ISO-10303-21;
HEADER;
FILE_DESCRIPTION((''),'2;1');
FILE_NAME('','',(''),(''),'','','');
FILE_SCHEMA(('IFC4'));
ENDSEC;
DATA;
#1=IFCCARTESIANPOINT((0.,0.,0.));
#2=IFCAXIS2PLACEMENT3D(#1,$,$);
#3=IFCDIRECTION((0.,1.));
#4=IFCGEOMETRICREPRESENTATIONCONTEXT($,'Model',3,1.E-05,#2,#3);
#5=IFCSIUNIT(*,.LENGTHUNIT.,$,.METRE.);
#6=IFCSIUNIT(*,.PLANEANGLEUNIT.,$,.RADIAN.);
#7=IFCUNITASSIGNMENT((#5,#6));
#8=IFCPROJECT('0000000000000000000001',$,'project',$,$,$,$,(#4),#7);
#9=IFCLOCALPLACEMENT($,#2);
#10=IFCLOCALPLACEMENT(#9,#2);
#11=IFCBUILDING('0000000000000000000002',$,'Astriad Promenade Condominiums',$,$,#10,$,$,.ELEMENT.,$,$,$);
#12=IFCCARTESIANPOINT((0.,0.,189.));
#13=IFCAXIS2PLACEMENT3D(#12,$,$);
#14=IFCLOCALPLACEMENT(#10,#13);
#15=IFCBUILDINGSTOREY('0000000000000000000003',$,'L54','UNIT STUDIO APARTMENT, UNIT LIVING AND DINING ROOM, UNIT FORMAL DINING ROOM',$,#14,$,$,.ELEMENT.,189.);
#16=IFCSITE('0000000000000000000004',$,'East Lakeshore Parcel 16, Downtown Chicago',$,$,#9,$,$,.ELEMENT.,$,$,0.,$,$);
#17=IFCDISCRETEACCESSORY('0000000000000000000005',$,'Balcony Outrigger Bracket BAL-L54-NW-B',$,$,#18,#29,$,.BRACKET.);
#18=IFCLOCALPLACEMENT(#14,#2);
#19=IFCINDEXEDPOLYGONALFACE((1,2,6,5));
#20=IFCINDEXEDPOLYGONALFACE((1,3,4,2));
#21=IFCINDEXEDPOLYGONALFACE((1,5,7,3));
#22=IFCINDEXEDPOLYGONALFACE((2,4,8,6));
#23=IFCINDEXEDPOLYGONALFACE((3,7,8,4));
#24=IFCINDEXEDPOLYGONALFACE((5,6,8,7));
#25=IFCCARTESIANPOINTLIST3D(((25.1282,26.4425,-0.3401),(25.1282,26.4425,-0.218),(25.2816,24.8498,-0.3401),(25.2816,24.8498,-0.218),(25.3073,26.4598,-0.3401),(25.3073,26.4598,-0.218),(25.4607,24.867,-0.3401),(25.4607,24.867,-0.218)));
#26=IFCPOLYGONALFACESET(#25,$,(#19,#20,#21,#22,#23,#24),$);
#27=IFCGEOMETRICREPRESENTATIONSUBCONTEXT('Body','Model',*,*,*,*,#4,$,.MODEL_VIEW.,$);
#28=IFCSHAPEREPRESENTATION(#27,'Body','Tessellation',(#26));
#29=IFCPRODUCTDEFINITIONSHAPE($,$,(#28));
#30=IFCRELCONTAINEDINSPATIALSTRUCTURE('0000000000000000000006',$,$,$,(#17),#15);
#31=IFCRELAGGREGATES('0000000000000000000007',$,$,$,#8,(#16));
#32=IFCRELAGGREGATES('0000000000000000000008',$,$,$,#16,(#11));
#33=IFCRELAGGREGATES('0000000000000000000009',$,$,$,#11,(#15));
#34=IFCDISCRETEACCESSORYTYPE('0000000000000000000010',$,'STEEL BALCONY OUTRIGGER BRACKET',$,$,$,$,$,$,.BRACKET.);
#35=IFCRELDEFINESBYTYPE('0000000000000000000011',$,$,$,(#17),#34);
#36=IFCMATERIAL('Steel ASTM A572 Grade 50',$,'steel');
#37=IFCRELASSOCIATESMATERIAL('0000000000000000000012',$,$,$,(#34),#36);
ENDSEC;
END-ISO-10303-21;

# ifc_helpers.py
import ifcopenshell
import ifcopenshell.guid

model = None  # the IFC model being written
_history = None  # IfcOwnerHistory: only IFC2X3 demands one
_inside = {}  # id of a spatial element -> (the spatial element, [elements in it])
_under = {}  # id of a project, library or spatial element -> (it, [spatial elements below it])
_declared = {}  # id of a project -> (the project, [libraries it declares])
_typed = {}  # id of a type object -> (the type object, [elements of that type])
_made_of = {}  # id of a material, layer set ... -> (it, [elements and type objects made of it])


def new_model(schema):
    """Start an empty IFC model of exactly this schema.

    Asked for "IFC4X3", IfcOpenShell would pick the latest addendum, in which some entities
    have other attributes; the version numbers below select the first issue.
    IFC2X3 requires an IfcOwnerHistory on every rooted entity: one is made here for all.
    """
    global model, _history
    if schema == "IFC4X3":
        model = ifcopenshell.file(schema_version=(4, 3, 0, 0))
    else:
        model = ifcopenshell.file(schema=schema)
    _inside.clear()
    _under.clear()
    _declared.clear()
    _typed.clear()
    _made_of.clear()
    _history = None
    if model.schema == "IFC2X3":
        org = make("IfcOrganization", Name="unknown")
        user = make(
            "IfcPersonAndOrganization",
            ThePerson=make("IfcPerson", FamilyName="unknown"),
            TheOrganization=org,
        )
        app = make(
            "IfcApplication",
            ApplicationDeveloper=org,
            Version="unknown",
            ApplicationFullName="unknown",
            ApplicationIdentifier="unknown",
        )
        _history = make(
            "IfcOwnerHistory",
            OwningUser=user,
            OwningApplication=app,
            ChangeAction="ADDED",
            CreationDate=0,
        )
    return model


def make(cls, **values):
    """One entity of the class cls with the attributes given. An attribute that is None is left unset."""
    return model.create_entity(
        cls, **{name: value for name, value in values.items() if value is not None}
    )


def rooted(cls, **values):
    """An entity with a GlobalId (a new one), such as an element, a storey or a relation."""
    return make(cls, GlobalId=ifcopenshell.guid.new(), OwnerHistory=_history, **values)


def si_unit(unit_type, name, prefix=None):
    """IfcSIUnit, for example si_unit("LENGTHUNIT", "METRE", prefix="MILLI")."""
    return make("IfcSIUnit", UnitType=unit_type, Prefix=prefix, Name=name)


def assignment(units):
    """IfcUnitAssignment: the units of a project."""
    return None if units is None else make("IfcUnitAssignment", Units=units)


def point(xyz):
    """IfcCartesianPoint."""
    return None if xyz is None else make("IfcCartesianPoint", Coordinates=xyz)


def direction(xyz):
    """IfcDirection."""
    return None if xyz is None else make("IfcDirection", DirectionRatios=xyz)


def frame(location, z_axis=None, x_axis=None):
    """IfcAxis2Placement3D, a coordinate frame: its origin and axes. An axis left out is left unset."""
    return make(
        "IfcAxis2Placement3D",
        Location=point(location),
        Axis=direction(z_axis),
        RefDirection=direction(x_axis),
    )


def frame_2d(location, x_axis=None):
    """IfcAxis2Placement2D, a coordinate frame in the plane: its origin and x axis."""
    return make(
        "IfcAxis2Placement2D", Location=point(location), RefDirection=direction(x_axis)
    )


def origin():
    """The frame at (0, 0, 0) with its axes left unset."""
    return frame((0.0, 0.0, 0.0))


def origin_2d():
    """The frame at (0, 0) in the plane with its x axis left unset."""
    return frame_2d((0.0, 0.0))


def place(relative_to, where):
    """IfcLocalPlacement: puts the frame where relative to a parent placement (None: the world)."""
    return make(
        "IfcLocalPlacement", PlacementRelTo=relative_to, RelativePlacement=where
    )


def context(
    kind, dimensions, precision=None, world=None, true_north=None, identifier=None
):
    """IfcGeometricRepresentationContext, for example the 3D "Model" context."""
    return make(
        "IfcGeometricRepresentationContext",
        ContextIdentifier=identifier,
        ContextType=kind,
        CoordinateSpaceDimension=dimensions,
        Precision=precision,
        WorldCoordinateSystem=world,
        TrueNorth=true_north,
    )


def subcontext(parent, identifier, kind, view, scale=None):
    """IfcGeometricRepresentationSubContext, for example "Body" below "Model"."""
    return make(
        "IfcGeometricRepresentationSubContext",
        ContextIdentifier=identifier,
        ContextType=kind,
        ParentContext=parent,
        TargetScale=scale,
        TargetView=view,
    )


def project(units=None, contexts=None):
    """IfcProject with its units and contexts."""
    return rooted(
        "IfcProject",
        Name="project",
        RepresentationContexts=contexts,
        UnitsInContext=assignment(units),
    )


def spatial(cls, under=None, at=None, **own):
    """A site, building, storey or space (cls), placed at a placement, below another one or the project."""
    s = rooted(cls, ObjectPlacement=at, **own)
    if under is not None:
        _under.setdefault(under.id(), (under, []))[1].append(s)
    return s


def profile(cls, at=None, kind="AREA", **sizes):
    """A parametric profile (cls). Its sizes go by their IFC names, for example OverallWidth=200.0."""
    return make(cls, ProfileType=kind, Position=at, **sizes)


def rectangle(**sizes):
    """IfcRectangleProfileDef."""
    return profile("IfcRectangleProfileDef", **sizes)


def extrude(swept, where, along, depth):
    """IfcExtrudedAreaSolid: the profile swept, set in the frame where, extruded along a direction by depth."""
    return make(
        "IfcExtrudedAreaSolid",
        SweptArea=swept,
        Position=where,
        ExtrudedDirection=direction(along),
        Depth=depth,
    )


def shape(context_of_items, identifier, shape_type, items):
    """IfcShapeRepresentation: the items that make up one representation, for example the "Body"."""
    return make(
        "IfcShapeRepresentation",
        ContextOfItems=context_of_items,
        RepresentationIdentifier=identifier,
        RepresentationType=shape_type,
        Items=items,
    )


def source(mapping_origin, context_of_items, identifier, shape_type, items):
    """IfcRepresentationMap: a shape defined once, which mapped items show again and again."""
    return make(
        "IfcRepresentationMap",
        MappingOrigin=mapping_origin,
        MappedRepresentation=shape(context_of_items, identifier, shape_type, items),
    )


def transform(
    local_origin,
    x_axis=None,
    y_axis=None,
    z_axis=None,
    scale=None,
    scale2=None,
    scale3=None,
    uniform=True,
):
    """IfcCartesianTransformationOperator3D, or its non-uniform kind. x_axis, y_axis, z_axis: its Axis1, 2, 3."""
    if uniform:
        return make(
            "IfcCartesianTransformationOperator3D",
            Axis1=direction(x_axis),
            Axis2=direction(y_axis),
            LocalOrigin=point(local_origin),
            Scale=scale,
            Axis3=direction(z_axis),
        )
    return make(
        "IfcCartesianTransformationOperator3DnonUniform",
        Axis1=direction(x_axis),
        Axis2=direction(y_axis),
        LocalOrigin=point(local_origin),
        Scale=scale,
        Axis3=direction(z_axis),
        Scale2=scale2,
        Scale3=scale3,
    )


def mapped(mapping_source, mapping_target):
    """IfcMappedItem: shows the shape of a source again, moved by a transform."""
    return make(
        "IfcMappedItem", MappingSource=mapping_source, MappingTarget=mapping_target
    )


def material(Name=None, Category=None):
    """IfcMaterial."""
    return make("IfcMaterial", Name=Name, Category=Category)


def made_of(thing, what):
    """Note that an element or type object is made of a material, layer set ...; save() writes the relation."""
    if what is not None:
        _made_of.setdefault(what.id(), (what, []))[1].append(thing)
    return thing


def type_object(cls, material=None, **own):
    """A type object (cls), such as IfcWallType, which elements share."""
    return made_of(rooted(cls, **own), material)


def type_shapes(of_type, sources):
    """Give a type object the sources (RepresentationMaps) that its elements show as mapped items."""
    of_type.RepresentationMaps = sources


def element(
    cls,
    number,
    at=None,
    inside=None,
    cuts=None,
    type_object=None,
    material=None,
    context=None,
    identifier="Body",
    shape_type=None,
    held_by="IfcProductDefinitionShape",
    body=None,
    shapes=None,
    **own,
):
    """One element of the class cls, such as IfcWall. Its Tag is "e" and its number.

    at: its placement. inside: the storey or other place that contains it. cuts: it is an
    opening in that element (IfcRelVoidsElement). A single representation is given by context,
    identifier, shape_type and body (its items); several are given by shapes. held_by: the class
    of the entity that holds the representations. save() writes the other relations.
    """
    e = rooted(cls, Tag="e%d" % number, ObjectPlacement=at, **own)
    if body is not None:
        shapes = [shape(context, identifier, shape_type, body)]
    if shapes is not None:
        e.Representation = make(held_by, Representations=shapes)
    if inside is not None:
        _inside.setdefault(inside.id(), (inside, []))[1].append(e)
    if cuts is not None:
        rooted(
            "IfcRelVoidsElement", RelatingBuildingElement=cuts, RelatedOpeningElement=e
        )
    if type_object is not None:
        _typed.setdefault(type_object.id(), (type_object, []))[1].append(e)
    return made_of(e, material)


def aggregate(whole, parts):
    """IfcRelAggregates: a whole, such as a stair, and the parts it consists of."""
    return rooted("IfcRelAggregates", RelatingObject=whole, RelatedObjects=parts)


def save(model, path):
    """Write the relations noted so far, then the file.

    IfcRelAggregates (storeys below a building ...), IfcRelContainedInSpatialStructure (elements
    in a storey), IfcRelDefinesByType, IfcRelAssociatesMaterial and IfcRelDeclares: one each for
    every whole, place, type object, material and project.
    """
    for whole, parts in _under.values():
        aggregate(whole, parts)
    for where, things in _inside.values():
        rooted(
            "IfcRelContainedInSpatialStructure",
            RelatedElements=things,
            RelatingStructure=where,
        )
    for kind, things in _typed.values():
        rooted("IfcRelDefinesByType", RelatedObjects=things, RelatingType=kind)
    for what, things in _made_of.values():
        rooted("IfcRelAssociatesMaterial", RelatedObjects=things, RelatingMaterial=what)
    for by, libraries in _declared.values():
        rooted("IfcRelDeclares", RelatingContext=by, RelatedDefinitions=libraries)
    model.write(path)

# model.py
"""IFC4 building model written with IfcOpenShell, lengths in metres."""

from ifc_helpers import new_model, si_unit, direction, frame, origin, origin_2d, place, context, subcontext, project, spatial, rectangle, extrude, source, transform, mapped, material, type_object, type_shapes, element, save


model = new_model("IFC4")

# Units and contexts
model_context = context("Model", 3, precision=1e-05, world=origin(), true_north=direction((0.0, 1.0)))
body_context = subcontext(model_context, "Body", "Model", "MODEL_VIEW")
ifc_project = project(units=[si_unit("LENGTHUNIT", "METRE"), si_unit("PLANEANGLEUNIT", "RADIAN")], contexts=[model_context])

# Site, building, storey
site_placement = place(None, origin())
site = spatial("IfcSite", under=ifc_project, at=site_placement, Name="East Lakeshore Parcel 16, Downtown Chicago", CompositionType="ELEMENT", RefElevation=0.0)
building_placement = place(site_placement, origin())
building = spatial("IfcBuilding", under=site, at=building_placement, Name="Astriad Promenade Condominiums", CompositionType="ELEMENT")
storey_placement = place(building_placement, frame((0.0, 0.0, 189.0)))
storey = spatial("IfcBuildingStorey", under=building, at=storey_placement, Name="L54", Description="UNIT STUDIO APARTMENT, UNIT LIVING AND DINING ROOM, UNIT FORMAL DINING ROOM", CompositionType="ELEMENT", Elevation=189.0)

# Discrete accessory
ifc_material_1 = material(Name="Steel ASTM A572 Grade 50", Category="steel")
discrete_accessory_type = type_object("IfcDiscreteAccessoryType", Name="STEEL BALCONY OUTRIGGER BRACKET", PredefinedType="BRACKET", material=ifc_material_1)
shared_shape_1 = source(origin(), body_context, "Body", "SweptSolid", [
    extrude(rectangle(XDim=1.6001, YDim=0.1799, at=origin_2d()), origin(), (0.0, 0.0, 1.0), 0.1221),
])
type_shapes(discrete_accessory_type, [shared_shape_1])
discrete_accessory_placement = place(storey_placement, frame((25.2944, 25.6548, -0.3401), z_axis=(0.0, 0.0, 1.0), x_axis=(-0.095846, 0.995396, 0.0)))
element("IfcDiscreteAccessory", 1, at=discrete_accessory_placement, inside=storey, type_object=discrete_accessory_type, Name="Balcony Outrigger Bracket BAL-L54-NW-B", PredefinedType="BRACKET", context=body_context, shape_type="MappedRepresentation", body=[
    mapped(shared_shape_1, transform((0.0, 0.0, 0.0), scale=1.0)),
])

save(model, "model.ifc")
